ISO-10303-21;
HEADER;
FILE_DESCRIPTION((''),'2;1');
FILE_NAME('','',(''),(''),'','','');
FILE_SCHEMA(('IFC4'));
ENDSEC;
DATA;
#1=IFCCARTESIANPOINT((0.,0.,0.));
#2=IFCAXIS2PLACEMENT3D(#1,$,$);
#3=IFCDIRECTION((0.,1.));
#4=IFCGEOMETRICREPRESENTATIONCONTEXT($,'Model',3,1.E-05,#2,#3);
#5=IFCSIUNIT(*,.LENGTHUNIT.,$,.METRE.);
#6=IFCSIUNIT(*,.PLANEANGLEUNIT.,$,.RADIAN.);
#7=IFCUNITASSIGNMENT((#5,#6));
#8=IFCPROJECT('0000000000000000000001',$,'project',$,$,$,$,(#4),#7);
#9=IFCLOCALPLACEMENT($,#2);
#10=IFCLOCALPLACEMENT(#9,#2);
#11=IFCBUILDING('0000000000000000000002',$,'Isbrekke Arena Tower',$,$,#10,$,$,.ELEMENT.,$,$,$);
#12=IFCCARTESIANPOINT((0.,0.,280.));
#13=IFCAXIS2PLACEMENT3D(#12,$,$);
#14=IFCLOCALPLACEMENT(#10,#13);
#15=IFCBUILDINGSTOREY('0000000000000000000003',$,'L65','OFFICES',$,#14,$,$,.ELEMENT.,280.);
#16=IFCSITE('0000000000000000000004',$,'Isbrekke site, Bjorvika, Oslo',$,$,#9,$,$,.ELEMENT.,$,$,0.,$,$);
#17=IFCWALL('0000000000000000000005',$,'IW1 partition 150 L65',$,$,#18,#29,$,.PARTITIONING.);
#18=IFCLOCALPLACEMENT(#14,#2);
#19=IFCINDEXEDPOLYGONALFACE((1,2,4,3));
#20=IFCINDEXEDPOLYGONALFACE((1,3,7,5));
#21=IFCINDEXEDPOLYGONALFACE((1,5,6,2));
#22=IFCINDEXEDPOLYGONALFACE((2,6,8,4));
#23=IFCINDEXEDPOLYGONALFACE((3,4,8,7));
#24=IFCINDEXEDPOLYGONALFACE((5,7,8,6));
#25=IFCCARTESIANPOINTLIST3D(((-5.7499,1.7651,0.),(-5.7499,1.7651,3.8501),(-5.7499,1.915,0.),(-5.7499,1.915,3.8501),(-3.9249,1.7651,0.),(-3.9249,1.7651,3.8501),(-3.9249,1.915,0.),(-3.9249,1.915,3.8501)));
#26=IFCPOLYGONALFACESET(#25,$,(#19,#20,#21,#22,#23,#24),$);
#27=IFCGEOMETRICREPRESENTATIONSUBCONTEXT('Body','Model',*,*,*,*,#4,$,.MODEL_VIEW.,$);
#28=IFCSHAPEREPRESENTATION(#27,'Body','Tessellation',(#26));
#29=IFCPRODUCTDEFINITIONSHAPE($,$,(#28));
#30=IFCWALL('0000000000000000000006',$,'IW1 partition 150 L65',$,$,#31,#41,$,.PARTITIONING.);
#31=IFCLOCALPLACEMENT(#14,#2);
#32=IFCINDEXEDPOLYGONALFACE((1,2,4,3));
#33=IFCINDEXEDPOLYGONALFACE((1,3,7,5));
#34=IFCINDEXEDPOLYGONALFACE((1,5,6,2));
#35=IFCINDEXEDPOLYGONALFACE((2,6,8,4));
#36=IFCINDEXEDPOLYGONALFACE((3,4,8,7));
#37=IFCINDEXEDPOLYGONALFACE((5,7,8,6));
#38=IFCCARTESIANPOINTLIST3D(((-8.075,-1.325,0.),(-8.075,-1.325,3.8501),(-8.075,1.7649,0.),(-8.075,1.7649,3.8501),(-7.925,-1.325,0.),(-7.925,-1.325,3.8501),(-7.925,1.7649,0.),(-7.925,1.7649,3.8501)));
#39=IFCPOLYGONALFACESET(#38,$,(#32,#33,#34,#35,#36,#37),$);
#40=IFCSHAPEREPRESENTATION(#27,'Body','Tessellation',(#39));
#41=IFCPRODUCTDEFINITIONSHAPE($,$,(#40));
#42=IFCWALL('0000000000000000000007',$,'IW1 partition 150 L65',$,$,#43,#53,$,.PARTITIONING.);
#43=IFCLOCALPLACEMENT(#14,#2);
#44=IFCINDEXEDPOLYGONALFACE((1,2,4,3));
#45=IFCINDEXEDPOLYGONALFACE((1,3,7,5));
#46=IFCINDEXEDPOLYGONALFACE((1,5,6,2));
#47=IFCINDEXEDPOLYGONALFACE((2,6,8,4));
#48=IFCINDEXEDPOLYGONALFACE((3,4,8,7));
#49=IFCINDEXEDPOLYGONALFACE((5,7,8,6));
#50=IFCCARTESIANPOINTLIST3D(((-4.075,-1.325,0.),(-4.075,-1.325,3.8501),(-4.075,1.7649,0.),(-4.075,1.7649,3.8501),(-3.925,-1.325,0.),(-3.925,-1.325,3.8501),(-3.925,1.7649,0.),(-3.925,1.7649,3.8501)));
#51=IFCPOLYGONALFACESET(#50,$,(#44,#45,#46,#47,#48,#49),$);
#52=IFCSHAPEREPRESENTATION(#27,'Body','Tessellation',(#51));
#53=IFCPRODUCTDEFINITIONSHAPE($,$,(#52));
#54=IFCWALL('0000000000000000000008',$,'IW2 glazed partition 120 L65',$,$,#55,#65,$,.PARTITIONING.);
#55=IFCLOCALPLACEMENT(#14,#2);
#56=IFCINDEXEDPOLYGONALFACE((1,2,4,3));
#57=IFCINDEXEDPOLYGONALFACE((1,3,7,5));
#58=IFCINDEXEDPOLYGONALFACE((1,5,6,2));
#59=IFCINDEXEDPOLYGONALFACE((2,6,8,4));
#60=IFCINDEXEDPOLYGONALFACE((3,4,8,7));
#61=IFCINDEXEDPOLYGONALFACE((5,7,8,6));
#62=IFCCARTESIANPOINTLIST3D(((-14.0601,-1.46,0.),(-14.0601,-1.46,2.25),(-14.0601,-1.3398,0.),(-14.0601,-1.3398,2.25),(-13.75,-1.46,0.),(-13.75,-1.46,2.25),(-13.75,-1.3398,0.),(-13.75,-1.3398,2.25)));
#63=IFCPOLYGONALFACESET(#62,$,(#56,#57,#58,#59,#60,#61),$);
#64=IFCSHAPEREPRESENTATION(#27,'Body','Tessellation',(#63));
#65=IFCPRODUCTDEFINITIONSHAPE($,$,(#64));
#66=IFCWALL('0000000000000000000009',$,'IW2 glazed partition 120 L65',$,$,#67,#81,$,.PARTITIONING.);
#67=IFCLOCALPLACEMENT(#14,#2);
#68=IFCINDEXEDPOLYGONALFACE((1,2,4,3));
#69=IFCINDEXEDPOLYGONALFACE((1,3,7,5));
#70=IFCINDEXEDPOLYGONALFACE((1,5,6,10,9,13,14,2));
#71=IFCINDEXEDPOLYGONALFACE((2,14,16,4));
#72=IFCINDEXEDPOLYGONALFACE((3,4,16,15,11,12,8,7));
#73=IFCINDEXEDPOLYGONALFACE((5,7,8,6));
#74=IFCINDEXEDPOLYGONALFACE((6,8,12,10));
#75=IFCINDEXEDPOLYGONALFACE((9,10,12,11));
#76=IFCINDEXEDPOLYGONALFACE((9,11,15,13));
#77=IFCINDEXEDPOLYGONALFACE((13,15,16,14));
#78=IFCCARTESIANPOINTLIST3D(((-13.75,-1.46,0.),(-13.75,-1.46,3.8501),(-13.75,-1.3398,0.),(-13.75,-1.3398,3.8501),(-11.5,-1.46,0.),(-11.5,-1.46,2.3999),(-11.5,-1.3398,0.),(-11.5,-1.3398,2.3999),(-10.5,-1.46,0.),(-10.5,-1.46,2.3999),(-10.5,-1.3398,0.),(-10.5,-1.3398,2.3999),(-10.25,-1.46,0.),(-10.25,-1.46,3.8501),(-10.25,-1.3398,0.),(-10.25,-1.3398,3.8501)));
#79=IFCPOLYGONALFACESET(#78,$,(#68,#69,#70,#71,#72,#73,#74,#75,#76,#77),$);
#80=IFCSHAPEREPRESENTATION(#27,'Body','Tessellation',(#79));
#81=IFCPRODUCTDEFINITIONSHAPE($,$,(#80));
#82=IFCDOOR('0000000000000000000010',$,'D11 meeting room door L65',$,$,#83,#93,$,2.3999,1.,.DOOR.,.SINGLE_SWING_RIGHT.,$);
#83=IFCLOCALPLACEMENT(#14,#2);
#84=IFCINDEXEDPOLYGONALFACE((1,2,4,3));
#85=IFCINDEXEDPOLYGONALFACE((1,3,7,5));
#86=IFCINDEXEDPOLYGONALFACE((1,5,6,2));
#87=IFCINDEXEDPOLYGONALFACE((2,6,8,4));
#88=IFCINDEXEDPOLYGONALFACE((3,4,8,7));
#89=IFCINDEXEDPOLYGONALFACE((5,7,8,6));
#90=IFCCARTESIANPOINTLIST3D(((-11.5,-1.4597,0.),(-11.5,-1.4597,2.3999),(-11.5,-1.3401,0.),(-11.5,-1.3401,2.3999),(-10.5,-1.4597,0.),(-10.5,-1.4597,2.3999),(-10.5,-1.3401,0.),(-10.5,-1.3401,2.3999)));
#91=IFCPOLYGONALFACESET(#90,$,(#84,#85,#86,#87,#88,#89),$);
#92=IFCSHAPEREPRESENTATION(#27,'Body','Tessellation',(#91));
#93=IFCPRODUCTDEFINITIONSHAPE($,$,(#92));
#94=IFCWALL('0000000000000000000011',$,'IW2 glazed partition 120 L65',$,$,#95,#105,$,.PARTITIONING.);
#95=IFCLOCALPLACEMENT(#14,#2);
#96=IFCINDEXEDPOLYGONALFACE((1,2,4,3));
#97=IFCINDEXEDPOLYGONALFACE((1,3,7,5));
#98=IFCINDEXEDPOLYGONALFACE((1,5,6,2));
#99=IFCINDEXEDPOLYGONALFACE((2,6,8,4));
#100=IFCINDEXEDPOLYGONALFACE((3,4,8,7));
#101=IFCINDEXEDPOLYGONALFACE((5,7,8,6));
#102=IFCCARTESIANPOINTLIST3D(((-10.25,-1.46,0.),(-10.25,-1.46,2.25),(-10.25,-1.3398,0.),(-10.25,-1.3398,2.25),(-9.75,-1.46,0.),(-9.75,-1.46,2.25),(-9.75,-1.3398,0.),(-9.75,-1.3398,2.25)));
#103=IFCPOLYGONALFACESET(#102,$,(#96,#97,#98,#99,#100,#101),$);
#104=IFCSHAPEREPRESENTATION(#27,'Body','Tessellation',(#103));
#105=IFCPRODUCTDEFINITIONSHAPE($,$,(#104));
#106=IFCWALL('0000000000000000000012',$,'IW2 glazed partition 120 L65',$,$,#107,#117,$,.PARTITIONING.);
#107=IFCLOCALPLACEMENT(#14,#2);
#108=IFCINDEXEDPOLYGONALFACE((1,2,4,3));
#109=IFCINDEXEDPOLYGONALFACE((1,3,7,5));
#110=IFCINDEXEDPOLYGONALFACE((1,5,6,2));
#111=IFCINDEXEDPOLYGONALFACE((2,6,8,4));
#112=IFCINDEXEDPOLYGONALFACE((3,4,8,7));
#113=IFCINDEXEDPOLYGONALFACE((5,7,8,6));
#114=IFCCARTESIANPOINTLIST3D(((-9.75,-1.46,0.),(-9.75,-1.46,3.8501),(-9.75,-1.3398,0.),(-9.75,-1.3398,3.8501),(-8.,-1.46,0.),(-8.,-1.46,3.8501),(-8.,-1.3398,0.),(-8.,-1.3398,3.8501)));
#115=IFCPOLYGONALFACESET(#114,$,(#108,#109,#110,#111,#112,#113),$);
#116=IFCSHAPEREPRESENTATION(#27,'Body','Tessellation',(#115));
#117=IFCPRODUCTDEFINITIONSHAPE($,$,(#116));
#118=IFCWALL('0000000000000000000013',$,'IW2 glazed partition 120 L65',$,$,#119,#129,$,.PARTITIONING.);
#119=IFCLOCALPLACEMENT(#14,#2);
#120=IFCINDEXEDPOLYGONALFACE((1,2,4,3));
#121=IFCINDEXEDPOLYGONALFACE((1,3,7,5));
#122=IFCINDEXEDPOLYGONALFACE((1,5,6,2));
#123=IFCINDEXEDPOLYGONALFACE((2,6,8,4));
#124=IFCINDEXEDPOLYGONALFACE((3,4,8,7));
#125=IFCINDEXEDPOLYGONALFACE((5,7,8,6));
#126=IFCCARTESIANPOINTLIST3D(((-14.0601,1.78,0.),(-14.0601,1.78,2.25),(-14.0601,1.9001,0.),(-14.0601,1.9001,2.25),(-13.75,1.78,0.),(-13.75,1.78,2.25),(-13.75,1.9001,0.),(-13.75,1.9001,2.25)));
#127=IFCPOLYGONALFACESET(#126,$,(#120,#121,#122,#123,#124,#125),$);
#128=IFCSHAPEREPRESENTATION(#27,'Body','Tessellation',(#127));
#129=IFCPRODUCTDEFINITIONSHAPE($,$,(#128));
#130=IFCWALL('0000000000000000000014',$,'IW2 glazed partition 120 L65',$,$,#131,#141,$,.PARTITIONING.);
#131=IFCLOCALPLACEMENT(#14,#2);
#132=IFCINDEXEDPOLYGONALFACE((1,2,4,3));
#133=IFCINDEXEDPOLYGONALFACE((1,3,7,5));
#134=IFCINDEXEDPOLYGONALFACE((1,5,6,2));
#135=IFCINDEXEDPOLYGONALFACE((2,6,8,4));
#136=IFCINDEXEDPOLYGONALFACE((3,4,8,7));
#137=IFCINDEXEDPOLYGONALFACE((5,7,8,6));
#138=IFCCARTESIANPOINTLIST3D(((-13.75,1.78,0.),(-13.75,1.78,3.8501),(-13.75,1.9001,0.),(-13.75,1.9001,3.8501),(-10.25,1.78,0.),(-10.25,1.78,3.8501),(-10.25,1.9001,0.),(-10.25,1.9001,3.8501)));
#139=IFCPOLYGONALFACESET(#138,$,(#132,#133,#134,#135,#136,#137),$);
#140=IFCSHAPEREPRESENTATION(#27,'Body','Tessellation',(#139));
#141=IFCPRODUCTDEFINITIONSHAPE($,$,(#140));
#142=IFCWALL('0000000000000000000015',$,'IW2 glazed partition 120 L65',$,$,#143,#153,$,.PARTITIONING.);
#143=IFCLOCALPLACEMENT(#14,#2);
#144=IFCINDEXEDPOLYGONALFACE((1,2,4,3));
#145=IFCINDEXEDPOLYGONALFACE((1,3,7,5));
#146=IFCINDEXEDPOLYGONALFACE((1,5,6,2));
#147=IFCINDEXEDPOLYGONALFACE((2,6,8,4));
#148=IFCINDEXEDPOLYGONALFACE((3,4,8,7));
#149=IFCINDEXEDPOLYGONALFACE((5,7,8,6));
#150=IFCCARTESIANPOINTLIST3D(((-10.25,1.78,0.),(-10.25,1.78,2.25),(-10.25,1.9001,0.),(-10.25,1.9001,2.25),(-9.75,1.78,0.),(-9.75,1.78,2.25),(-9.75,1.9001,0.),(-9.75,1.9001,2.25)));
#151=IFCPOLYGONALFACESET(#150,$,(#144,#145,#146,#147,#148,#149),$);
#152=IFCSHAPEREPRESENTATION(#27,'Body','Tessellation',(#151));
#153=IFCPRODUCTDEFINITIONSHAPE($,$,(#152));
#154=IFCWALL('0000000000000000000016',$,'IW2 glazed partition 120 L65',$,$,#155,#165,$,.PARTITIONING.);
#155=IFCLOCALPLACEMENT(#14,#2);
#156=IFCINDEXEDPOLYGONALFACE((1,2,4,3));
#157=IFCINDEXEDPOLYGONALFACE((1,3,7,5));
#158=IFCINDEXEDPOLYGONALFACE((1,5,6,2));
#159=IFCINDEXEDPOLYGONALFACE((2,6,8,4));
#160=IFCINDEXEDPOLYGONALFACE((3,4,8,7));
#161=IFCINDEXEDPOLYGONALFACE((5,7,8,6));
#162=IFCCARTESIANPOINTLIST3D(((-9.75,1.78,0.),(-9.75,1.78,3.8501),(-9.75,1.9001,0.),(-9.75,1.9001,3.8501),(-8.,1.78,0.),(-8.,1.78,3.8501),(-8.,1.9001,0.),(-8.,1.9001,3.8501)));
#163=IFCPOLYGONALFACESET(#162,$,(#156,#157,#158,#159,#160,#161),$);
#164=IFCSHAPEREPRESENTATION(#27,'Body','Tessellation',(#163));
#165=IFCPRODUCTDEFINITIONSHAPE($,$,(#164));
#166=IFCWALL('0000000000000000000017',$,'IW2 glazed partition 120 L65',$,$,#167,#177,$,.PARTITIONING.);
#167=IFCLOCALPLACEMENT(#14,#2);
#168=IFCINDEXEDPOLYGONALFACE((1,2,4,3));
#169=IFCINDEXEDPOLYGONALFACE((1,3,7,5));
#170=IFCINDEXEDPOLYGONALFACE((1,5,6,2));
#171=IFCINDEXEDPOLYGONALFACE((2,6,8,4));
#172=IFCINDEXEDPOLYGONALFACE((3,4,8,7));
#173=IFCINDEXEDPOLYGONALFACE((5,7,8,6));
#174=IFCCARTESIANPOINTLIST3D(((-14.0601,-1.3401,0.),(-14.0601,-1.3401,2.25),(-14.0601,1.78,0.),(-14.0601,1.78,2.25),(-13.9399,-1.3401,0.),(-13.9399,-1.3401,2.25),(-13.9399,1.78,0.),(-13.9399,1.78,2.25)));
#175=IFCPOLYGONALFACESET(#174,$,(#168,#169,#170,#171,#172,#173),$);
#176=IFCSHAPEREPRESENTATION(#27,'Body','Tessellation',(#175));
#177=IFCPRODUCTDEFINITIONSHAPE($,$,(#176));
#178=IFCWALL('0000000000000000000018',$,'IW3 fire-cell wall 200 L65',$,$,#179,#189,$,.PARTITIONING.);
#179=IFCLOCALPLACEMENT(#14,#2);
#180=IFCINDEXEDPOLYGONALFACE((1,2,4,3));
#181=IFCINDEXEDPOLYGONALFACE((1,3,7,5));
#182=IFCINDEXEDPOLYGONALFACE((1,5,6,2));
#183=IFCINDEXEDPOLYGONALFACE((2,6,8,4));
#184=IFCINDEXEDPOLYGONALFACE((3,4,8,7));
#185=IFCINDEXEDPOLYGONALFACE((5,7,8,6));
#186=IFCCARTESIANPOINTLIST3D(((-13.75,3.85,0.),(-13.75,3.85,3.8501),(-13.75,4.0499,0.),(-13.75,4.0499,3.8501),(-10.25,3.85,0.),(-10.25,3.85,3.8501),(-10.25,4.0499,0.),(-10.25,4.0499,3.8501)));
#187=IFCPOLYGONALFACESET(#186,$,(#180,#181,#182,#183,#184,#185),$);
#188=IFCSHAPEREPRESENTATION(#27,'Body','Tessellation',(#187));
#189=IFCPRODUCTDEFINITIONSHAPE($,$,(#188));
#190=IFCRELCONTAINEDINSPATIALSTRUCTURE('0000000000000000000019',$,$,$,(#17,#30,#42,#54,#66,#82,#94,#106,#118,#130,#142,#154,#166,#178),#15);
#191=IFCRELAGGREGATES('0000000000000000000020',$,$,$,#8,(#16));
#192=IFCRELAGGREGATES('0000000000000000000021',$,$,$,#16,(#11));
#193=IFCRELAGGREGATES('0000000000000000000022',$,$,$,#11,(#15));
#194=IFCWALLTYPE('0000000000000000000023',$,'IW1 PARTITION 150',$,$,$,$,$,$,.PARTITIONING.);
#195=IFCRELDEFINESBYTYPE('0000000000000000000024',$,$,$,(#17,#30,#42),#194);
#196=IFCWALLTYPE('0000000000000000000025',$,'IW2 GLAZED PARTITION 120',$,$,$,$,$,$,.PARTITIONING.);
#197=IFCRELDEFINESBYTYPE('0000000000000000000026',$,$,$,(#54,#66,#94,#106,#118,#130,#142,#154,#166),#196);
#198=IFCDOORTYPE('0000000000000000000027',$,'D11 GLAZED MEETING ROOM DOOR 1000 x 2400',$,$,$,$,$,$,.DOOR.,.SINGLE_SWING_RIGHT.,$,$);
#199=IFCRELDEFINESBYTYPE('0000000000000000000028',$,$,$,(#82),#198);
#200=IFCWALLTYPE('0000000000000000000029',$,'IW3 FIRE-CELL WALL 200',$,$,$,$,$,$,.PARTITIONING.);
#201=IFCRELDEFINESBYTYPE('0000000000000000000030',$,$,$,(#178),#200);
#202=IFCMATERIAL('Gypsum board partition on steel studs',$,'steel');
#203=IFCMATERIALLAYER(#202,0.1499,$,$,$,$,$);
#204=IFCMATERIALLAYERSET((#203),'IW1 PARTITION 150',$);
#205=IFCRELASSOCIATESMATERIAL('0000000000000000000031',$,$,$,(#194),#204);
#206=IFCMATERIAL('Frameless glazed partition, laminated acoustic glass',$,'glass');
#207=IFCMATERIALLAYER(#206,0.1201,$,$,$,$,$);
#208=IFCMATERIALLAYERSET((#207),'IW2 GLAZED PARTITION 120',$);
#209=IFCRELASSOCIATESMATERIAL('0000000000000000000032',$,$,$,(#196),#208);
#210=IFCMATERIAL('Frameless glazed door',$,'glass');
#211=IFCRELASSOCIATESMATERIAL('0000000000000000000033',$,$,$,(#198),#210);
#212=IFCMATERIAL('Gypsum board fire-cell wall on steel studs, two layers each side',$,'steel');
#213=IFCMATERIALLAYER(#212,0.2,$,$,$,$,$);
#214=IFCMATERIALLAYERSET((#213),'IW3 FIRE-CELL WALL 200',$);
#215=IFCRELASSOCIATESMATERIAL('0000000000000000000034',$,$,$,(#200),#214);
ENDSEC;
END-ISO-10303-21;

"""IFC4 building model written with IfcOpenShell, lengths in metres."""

from ifc_helpers import new_model, si_unit, direction, frame, frame_2d, origin, place, context, subcontext, project, spatial, rectangle, extrude, material, layer, layer_set, type_object, element, fill, save


model = new_model("IFC4")

# Units and contexts
model_context = context("Model", 3, precision=1e-05, world=origin(), true_north=direction((0.0, 1.0)))
body_context = subcontext(model_context, "Body", "Model", "MODEL_VIEW")
ifc_project = project(units=[si_unit("LENGTHUNIT", "METRE"), si_unit("PLANEANGLEUNIT", "RADIAN")], contexts=[model_context])

# Site, building, storey
site_placement = place(None, origin())
site = spatial("IfcSite", under=ifc_project, at=site_placement, Name="Isbrekke site, Bjorvika, Oslo", CompositionType="ELEMENT", RefElevation=0.0)
building_placement = place(site_placement, origin())
building = spatial("IfcBuilding", under=site, at=building_placement, Name="Isbrekke Arena Tower", CompositionType="ELEMENT")
storey_placement = place(building_placement, frame((0.0, 0.0, 280.0)))
storey = spatial("IfcBuildingStorey", under=building, at=storey_placement, Name="L65", Description="OFFICES", CompositionType="ELEMENT", Elevation=280.0)

# Shared definitions
ifc_material_1 = material(Name="Gypsum board partition on steel studs", Category="steel")
ifc_layer_1 = layer(ifc_material_1, 0.1499)
ifc_layer_set_1 = layer_set([ifc_layer_1], Name="IW1 PARTITION 150")
wall_type_1 = type_object("IfcWallType", Name="IW1 PARTITION 150", PredefinedType="PARTITIONING", material=ifc_layer_set_1)

# Walls
wall_1_placement = place(storey_placement, frame((-5.75, 1.8401, 0.0), z_axis=(0.0, 0.0, 1.0), x_axis=(1.0, 0.0, 0.0)))
element("IfcWall", 1, at=wall_1_placement, inside=storey, type_object=wall_type_1, Name="IW1 partition 150 L65", PredefinedType="PARTITIONING", context=body_context, shape_type="SweptSolid", body=[
    extrude(rectangle(XDim=1.825, YDim=0.1499, at=frame_2d((0.9126, 0.0))), origin(), (0.0, 0.0, 1.0), 3.8501),
])
for number, where, z_axis, x_axis, name in (
    (2, (-8.0, -1.325, 0.0), (0.0, 0.0, 1.0), (0.0, 1.0, 0.0), "IW1 partition 150 L65"),
    (3, (-4.0, -1.325, 0.0), (0.0, 0.0, 1.0), (0.0, 1.0, 0.0), "IW1 partition 150 L65"),
):
    element("IfcWall", number, at=place(storey_placement, frame(where, z_axis=z_axis, x_axis=x_axis)), inside=storey, type_object=wall_type_1, Name=name, PredefinedType="PARTITIONING", context=body_context, shape_type="SweptSolid", body=[
        extrude(rectangle(XDim=3.0898, YDim=0.1499, at=frame_2d((1.5449, 0.0))), origin(), (0.0, 0.0, 1.0), 3.8501),
    ])
ifc_material_2 = material(Name="Frameless glazed partition, laminated acoustic glass", Category="glass")
ifc_layer_2 = layer(ifc_material_2, 0.1201)
ifc_layer_set_2 = layer_set([ifc_layer_2], Name="IW2 GLAZED PARTITION 120")
wall_type_2 = type_object("IfcWallType", Name="IW2 GLAZED PARTITION 120", PredefinedType="PARTITIONING", material=ifc_layer_set_2)
wall_2_placement = place(storey_placement, frame((-14.0601, -1.3999, 0.0), z_axis=(0.0, 0.0, 1.0), x_axis=(1.0, 0.0, 0.0)))
element("IfcWall", 4, at=wall_2_placement, inside=storey, type_object=wall_type_2, Name="IW2 glazed partition 120 L65", PredefinedType="PARTITIONING", context=body_context, shape_type="SweptSolid", body=[
    extrude(rectangle(XDim=0.3101, YDim=0.1201, at=frame_2d((0.155, 0.0))), origin(), (0.0, 0.0, 1.0), 2.25),
])

# Wall, opening, door
wall_3_placement = place(storey_placement, frame((-13.75, -1.3999, 0.0), z_axis=(0.0, 0.0, 1.0), x_axis=(1.0, 0.0, 0.0)))
wall_3 = element("IfcWall", 5, at=wall_3_placement, inside=storey, type_object=wall_type_2, Name="IW2 glazed partition 120 L65", PredefinedType="PARTITIONING", context=body_context, shape_type="SweptSolid", body=[
    extrude(rectangle(XDim=3.5, YDim=0.1201, at=frame_2d((1.75, 0.0))), origin(), (0.0, 0.0, 1.0), 3.8501),
])
opening_1_placement = place(wall_3_placement, frame((2.25, 0.0, 0.0)))
opening_1 = element("IfcOpeningElement", 6, at=opening_1_placement, cuts=wall_3, PredefinedType="OPENING", context=body_context, shape_type="SweptSolid", body=[
    extrude(rectangle(XDim=1.0, YDim=2.3999, at=frame_2d((0.5, 1.2))), frame((0.0, 0.075, 0.0), z_axis=(0.0, -1.0, 0.0), x_axis=(1.0, 0.0, 0.0)), (0.0, 0.0, 1.0), 0.1499),
])
ifc_material_3 = material(Name="Frameless glazed door", Category="glass")
door_type_1 = type_object("IfcDoorType", Name="D11 GLAZED MEETING ROOM DOOR 1000 x 2400", OperationType="SINGLE_SWING_RIGHT", PredefinedType="DOOR", material=ifc_material_3)
door_1_placement = place(opening_1_placement, origin())
door_1 = element("IfcDoor", 7, at=door_1_placement, inside=storey, type_object=door_type_1, Name="D11 meeting room door L65", OperationType="SINGLE_SWING_RIGHT", OverallHeight=2.3999, OverallWidth=1.0, PredefinedType="DOOR", context=body_context, shape_type="SweptSolid", body=[
    extrude(rectangle(XDim=1.0, YDim=2.3999, at=frame_2d((0.5, 1.2))), frame((0.0, 0.0598, 0.0), z_axis=(0.0, -1.0, 0.0), x_axis=(1.0, 0.0, 0.0)), (0.0, 0.0, 1.0), 0.1196),
])
fill(opening_1, door_1)

# Walls
wall_4_placement = place(storey_placement, frame((-10.25, -1.3999, 0.0), z_axis=(0.0, 0.0, 1.0), x_axis=(1.0, 0.0, 0.0)))
element("IfcWall", 8, at=wall_4_placement, inside=storey, type_object=wall_type_2, Name="IW2 glazed partition 120 L65", PredefinedType="PARTITIONING", context=body_context, shape_type="SweptSolid", body=[
    extrude(rectangle(XDim=0.5, YDim=0.1201, at=frame_2d((0.25, 0.0))), origin(), (0.0, 0.0, 1.0), 2.25),
])
wall_5_placement = place(storey_placement, frame((-9.75, -1.3999, 0.0), z_axis=(0.0, 0.0, 1.0), x_axis=(1.0, 0.0, 0.0)))
element("IfcWall", 9, at=wall_5_placement, inside=storey, type_object=wall_type_2, Name="IW2 glazed partition 120 L65", PredefinedType="PARTITIONING", context=body_context, shape_type="SweptSolid", body=[
    extrude(rectangle(XDim=1.75, YDim=0.1201, at=frame_2d((0.875, 0.0))), origin(), (0.0, 0.0, 1.0), 3.8501),
])
wall_6_placement = place(storey_placement, frame((-14.0601, 1.8401, 0.0), z_axis=(0.0, 0.0, 1.0), x_axis=(1.0, 0.0, 0.0)))
element("IfcWall", 10, at=wall_6_placement, inside=storey, type_object=wall_type_2, Name="IW2 glazed partition 120 L65", PredefinedType="PARTITIONING", context=body_context, shape_type="SweptSolid", body=[
    extrude(rectangle(XDim=0.3101, YDim=0.1201, at=frame_2d((0.155, 0.0))), origin(), (0.0, 0.0, 1.0), 2.25),
])
wall_7_placement = place(storey_placement, frame((-13.75, 1.8401, 0.0), z_axis=(0.0, 0.0, 1.0), x_axis=(1.0, 0.0, 0.0)))
element("IfcWall", 11, at=wall_7_placement, inside=storey, type_object=wall_type_2, Name="IW2 glazed partition 120 L65", PredefinedType="PARTITIONING", context=body_context, shape_type="SweptSolid", body=[
    extrude(rectangle(XDim=3.5, YDim=0.1201, at=frame_2d((1.75, 0.0))), origin(), (0.0, 0.0, 1.0), 3.8501),
])
wall_8_placement = place(storey_placement, frame((-10.25, 1.8401, 0.0), z_axis=(0.0, 0.0, 1.0), x_axis=(1.0, 0.0, 0.0)))
element("IfcWall", 12, at=wall_8_placement, inside=storey, type_object=wall_type_2, Name="IW2 glazed partition 120 L65", PredefinedType="PARTITIONING", context=body_context, shape_type="SweptSolid", body=[
    extrude(rectangle(XDim=0.5, YDim=0.1201, at=frame_2d((0.25, 0.0))), origin(), (0.0, 0.0, 1.0), 2.25),
])
wall_9_placement = place(storey_placement, frame((-9.75, 1.8401, 0.0), z_axis=(0.0, 0.0, 1.0), x_axis=(1.0, 0.0, 0.0)))
element("IfcWall", 13, at=wall_9_placement, inside=storey, type_object=wall_type_2, Name="IW2 glazed partition 120 L65", PredefinedType="PARTITIONING", context=body_context, shape_type="SweptSolid", body=[
    extrude(rectangle(XDim=1.75, YDim=0.1201, at=frame_2d((0.875, 0.0))), origin(), (0.0, 0.0, 1.0), 3.8501),
])
wall_10_placement = place(storey_placement, frame((-14.0, -1.3401, 0.0), z_axis=(0.0, 0.0, 1.0), x_axis=(0.0, 1.0, 0.0)))
element("IfcWall", 14, at=wall_10_placement, inside=storey, type_object=wall_type_2, Name="IW2 glazed partition 120 L65", PredefinedType="PARTITIONING", context=body_context, shape_type="SweptSolid", body=[
    extrude(rectangle(XDim=3.1201, YDim=0.1201, at=frame_2d((1.5601, 0.0))), origin(), (0.0, 0.0, 1.0), 2.25),
])
ifc_material_4 = material(Name="Gypsum board fire-cell wall on steel studs, two layers each side", Category="steel")
ifc_layer_3 = layer(ifc_material_4, 0.2)
ifc_layer_set_3 = layer_set([ifc_layer_3], Name="IW3 FIRE-CELL WALL 200")
wall_type_3 = type_object("IfcWallType", Name="IW3 FIRE-CELL WALL 200", PredefinedType="PARTITIONING", material=ifc_layer_set_3)
wall_11_placement = place(storey_placement, frame((-13.75, 3.95, 0.0), z_axis=(0.0, 0.0, 1.0), x_axis=(1.0, 0.0, 0.0)))
element("IfcWall", 15, at=wall_11_placement, inside=storey, type_object=wall_type_3, Name="IW3 fire-cell wall 200 L65", PredefinedType="PARTITIONING", context=body_context, shape_type="SweptSolid", body=[
    extrude(rectangle(XDim=3.5, YDim=0.2, at=frame_2d((1.75, 0.0))), origin(), (0.0, 0.0, 1.0), 3.8501),
])

save(model, "model.ifc")
